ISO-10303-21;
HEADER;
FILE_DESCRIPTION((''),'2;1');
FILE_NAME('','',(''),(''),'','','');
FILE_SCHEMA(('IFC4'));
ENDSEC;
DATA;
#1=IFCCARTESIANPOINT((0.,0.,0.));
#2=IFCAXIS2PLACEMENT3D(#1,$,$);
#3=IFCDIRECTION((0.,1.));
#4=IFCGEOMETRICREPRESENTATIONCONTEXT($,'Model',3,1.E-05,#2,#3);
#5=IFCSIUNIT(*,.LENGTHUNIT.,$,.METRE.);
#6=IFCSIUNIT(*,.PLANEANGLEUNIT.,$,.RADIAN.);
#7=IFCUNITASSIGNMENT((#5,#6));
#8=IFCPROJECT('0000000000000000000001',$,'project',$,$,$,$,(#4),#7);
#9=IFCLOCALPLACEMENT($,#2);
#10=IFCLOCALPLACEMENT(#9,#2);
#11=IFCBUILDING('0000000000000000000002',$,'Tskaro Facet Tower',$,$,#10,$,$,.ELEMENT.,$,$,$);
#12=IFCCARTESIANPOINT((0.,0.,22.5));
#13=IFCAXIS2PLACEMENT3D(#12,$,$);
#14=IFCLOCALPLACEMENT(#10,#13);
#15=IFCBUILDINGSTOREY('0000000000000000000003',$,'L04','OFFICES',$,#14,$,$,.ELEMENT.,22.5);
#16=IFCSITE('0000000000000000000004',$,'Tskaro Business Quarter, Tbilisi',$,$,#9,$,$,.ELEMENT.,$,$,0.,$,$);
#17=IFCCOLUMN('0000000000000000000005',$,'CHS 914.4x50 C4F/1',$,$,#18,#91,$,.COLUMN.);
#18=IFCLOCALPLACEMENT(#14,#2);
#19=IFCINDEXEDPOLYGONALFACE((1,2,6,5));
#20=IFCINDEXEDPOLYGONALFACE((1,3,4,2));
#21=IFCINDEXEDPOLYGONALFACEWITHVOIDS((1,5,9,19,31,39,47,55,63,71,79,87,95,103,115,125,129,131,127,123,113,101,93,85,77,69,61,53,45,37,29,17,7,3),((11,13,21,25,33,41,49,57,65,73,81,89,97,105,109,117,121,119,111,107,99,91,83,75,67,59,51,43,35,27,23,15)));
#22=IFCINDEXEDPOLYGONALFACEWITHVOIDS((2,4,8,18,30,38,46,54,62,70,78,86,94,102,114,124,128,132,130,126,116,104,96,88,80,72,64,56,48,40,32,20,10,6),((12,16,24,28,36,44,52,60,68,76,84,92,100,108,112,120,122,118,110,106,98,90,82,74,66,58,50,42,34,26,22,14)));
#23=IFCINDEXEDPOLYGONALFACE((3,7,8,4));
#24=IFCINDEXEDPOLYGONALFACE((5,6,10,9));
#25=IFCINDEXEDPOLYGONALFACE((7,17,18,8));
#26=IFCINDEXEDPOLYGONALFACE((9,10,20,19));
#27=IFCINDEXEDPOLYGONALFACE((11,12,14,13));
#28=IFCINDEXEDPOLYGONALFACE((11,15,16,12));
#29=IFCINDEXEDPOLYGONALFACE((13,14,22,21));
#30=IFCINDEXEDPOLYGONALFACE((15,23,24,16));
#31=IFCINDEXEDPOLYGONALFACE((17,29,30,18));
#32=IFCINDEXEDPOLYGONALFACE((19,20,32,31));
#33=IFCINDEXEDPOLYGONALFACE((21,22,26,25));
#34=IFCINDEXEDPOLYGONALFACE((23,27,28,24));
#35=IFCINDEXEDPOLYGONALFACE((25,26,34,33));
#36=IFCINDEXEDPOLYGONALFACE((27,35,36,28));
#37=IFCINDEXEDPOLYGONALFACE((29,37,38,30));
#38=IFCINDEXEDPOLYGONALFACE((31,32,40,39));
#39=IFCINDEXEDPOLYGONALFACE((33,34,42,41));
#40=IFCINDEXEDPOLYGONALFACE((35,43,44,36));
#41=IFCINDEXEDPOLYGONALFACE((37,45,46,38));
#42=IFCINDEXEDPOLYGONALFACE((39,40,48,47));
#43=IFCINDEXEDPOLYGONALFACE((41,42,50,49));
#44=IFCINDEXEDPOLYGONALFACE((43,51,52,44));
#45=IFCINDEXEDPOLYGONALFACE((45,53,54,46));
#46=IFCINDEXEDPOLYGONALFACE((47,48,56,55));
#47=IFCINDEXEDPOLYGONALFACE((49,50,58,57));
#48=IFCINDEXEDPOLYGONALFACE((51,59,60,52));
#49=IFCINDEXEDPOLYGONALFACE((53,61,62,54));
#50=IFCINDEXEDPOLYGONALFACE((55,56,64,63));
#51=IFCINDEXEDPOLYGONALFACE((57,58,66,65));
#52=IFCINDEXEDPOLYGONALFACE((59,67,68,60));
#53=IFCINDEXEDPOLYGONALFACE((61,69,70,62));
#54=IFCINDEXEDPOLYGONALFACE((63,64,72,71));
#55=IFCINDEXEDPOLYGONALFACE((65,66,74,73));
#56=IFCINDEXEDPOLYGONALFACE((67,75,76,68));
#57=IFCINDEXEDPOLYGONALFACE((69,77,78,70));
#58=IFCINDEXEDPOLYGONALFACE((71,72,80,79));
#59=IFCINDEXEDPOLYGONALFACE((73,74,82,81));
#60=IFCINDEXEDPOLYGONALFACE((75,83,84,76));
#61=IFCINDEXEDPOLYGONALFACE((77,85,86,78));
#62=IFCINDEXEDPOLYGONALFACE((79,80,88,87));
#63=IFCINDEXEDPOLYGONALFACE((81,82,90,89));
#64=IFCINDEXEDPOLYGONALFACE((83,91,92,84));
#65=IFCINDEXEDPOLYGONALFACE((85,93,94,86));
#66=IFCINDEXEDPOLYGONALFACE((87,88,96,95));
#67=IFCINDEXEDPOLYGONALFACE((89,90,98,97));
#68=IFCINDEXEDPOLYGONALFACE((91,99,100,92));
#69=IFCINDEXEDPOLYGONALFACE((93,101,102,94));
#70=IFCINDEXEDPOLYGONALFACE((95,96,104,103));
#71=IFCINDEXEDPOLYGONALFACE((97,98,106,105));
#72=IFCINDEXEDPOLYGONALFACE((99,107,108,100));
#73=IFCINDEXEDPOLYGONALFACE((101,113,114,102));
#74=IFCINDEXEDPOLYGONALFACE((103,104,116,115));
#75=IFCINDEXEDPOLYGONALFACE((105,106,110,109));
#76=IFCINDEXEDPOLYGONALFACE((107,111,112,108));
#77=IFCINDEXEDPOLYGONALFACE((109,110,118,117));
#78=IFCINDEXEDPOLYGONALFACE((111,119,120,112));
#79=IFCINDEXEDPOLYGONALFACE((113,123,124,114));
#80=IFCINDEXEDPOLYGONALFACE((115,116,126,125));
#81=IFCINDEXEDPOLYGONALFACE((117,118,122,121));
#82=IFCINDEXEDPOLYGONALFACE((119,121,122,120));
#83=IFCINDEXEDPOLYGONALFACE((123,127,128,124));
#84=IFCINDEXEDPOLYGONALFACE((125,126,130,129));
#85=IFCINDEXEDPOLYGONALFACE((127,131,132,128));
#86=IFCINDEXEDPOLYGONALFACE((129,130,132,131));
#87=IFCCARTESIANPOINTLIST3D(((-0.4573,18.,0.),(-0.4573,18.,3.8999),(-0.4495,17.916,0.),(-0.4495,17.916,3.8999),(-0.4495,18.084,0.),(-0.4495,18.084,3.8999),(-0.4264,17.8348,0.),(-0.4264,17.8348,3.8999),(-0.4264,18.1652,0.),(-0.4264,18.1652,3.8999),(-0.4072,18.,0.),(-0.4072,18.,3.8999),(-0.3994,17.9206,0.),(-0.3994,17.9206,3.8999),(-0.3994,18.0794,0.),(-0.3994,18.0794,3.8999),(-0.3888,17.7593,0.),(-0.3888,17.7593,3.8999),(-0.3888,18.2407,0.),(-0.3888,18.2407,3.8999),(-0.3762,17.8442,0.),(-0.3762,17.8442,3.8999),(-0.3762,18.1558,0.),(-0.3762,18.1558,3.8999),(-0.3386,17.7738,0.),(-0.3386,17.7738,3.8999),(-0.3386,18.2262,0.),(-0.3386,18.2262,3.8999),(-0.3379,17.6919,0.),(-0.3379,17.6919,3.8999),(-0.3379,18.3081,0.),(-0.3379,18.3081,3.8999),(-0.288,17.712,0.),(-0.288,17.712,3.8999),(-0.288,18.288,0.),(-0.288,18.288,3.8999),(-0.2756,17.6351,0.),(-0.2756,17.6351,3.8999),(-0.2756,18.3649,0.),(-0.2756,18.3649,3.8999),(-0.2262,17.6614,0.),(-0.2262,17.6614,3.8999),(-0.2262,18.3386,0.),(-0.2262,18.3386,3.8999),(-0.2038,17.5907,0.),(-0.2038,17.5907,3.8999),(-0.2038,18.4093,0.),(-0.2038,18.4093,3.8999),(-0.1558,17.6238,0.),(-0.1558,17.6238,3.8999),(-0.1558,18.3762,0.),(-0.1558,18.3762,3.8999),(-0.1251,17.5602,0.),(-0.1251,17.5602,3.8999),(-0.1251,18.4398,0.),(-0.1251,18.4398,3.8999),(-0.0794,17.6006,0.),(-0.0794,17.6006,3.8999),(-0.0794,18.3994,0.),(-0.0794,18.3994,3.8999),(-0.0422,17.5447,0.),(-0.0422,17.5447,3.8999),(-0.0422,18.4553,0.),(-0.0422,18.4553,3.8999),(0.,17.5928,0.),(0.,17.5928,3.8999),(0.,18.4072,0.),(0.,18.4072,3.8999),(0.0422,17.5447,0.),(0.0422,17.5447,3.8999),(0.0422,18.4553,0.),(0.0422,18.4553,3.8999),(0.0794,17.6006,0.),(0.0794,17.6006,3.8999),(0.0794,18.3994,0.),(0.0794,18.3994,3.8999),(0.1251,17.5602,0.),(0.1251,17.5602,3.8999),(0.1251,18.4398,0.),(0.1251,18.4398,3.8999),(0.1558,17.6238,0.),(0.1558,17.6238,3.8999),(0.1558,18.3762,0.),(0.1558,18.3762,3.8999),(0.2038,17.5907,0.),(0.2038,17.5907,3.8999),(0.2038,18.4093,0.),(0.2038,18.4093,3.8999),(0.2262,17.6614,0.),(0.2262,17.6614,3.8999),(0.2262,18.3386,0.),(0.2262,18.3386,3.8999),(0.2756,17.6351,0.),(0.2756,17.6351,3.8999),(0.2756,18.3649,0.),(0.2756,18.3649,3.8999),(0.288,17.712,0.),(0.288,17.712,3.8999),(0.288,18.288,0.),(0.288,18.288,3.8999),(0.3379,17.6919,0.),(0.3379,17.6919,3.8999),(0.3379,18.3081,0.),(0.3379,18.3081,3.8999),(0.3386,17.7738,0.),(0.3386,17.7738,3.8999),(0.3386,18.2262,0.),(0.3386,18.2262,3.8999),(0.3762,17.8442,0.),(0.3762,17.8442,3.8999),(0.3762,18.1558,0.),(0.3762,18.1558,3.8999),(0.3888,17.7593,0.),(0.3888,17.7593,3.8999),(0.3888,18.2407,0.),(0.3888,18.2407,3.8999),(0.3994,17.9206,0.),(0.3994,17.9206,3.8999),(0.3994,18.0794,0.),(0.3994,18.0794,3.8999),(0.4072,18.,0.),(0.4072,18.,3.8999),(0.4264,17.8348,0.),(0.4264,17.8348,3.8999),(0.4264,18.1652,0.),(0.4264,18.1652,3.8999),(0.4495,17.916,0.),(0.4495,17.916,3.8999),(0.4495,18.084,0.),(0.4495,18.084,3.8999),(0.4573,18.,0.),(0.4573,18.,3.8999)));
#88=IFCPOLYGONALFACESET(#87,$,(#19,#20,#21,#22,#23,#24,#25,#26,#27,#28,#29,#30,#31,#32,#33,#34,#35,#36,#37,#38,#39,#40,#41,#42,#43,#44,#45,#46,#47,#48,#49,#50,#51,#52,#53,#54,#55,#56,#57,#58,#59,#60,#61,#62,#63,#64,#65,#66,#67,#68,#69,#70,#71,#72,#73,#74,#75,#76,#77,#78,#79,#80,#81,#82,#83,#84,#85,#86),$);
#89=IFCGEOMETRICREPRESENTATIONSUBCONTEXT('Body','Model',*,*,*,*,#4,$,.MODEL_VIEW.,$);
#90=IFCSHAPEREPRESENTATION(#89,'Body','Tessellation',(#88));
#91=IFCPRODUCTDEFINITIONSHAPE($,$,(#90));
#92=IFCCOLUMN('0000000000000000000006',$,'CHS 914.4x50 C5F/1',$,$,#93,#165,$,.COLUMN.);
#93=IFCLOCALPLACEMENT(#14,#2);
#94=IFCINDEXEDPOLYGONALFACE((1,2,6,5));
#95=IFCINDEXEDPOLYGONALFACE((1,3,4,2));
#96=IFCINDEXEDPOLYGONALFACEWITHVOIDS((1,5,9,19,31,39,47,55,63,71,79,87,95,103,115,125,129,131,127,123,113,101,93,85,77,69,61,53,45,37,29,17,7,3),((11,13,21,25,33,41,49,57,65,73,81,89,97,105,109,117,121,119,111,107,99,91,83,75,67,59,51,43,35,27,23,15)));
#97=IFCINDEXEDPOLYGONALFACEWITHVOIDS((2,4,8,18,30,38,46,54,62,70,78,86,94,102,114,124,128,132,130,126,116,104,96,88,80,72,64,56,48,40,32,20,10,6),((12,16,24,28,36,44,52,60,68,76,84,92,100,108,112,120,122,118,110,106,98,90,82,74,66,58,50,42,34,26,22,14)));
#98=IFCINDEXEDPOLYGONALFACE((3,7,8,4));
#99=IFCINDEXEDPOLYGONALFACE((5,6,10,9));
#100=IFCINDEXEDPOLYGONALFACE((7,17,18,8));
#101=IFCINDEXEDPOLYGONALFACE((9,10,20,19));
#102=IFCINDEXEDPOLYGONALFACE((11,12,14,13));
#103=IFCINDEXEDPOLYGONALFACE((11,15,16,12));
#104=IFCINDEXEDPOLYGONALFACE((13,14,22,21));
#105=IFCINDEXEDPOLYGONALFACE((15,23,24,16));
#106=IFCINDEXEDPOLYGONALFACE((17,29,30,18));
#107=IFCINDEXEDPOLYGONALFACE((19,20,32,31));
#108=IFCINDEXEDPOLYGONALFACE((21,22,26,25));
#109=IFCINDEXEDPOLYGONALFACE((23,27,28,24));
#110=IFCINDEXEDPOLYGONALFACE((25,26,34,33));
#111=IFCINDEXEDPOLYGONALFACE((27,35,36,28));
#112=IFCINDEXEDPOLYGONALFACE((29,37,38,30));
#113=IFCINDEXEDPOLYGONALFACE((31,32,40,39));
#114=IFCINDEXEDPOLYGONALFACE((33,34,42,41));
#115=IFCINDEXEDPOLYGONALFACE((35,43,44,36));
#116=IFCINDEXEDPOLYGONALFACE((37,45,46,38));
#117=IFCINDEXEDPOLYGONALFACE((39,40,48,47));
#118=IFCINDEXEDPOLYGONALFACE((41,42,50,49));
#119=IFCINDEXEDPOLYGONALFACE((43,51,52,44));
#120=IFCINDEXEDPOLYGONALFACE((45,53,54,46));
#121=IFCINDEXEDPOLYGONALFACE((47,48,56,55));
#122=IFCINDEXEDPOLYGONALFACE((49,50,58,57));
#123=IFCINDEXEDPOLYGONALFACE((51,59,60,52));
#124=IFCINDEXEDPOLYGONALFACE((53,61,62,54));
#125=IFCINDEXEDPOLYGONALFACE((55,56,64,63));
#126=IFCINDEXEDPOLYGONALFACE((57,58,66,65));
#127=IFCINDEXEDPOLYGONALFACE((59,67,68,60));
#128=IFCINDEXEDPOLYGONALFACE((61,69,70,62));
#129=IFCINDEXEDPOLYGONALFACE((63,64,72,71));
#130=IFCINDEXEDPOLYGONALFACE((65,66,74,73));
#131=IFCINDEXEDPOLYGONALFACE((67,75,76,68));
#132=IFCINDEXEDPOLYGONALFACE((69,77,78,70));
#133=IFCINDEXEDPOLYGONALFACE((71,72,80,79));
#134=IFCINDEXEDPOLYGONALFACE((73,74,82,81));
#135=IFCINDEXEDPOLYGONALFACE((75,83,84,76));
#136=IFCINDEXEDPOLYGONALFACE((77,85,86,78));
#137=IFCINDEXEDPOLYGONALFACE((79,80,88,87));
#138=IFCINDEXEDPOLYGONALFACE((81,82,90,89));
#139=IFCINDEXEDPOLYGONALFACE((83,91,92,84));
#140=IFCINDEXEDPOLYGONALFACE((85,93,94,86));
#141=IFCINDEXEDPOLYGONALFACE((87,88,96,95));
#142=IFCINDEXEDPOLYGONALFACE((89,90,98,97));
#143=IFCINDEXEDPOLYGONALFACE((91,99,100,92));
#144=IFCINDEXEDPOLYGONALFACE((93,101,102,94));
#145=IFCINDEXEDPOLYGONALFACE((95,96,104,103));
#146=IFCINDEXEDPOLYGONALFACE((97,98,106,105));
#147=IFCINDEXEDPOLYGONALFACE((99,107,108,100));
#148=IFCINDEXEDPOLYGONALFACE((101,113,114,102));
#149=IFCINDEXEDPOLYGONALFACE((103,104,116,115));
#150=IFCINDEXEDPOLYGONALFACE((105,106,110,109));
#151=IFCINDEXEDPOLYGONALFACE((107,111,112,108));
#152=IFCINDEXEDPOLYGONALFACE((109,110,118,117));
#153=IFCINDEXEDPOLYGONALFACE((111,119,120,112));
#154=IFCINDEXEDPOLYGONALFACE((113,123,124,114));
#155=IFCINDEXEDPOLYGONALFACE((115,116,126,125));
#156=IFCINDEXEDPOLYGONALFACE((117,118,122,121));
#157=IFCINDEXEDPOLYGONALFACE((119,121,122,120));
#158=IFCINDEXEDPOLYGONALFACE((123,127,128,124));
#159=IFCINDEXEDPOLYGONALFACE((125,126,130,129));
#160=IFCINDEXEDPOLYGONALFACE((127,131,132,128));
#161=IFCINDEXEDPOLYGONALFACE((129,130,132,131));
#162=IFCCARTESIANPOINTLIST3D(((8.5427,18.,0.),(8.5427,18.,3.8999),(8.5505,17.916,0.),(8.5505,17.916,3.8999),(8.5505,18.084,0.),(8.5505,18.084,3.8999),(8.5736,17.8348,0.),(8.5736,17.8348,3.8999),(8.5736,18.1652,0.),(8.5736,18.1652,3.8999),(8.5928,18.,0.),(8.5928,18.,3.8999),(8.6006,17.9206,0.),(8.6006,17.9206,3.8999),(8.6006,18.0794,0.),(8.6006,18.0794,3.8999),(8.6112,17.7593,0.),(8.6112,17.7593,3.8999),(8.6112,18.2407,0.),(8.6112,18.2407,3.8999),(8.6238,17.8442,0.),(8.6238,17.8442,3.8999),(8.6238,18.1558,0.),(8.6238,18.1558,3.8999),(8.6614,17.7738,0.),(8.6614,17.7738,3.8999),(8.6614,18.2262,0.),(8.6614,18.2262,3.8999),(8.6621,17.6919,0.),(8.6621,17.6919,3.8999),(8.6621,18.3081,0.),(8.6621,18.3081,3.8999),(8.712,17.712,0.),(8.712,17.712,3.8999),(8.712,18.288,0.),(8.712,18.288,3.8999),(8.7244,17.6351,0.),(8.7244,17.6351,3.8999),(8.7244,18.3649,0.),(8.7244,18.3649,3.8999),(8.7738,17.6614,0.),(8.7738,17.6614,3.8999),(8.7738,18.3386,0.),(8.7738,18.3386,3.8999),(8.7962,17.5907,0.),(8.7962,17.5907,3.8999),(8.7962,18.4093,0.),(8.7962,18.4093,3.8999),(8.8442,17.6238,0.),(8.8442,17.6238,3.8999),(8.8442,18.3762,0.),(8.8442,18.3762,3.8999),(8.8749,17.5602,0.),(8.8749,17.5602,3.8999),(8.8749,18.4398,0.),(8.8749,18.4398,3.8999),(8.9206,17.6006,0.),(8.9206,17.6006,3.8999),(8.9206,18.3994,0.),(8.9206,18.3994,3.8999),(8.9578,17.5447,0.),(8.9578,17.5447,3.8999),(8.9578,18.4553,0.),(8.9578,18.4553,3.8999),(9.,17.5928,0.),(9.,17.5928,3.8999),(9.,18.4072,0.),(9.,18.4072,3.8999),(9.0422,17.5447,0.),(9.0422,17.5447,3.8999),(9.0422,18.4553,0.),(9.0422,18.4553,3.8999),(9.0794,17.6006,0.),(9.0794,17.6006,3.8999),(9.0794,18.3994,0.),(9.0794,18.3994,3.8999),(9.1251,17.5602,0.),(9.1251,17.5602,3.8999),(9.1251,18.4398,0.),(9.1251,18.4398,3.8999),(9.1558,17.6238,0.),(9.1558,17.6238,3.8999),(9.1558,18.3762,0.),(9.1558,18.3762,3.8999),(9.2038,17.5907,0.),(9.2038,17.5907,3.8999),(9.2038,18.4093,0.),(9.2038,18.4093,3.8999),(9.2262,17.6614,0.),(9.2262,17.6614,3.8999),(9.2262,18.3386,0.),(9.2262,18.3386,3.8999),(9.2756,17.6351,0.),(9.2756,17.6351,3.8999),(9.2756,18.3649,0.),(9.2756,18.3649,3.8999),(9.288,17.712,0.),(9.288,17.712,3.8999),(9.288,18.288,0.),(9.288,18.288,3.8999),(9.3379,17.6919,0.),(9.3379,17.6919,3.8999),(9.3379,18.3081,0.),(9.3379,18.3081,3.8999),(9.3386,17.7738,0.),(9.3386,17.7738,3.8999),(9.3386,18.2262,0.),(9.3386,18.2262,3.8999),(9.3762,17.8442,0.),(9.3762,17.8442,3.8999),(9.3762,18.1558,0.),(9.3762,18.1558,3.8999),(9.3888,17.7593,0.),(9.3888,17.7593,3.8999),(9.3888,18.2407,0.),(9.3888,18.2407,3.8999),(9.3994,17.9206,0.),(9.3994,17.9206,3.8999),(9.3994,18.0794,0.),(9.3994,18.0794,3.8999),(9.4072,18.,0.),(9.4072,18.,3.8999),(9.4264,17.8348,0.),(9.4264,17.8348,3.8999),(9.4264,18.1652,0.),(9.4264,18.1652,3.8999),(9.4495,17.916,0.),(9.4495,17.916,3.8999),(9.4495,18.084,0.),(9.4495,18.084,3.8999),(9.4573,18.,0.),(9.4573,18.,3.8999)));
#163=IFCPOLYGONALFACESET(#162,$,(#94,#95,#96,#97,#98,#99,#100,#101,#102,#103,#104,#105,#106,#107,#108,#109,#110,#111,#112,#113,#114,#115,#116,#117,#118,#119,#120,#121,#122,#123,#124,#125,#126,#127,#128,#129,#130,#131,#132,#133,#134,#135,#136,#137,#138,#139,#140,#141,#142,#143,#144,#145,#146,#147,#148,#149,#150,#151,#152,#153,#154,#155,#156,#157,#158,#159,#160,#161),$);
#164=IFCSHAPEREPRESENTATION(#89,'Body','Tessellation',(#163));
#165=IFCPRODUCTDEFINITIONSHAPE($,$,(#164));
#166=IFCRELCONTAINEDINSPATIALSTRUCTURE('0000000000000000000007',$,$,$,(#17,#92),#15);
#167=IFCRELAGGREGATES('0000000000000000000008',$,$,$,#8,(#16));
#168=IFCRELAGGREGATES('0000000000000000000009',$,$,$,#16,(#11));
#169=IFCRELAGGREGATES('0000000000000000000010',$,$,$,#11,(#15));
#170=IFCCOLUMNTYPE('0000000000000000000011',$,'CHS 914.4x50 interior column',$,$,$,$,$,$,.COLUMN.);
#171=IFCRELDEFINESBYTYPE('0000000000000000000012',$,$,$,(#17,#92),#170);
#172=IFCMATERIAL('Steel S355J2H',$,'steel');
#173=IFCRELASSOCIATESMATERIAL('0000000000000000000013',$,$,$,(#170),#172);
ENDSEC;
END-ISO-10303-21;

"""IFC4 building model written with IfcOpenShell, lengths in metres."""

from ifc_helpers import new_model, si_unit, direction, frame, origin, origin_2d, place, context, subcontext, project, spatial, hollow_circle, extrude, material, material_profile, profile_set, type_object, element, save


model = new_model("IFC4")

# Units and contexts
model_context = context("Model", 3, precision=1e-05, world=origin(), true_north=direction((0.0, 1.0)))
body_context = subcontext(model_context, "Body", "Model", "MODEL_VIEW")
ifc_project = project(units=[si_unit("LENGTHUNIT", "METRE"), si_unit("PLANEANGLEUNIT", "RADIAN")], contexts=[model_context])

# Site, building, storey
site_placement = place(None, origin())
site = spatial("IfcSite", under=ifc_project, at=site_placement, Name="Tskaro Business Quarter, Tbilisi", CompositionType="ELEMENT", RefElevation=0.0)
building_placement = place(site_placement, origin())
building = spatial("IfcBuilding", under=site, at=building_placement, Name="Tskaro Facet Tower", CompositionType="ELEMENT")
storey_placement = place(building_placement, frame((0.0, 0.0, 22.5)))
storey = spatial("IfcBuildingStorey", under=building, at=storey_placement, Name="L04", Description="OFFICES", CompositionType="ELEMENT", Elevation=22.5)

# Columns
ifc_material_1 = material(Name="Steel S355J2H", Category="steel")
ifc_material_profile_1 = material_profile(ifc_material_1, hollow_circle(Radius=0.4573, WallThickness=0.05, at=origin_2d()), Name="CHS 914.4x50")
ifc_profile_set_1 = profile_set([ifc_material_profile_1], Name="Steel S355J2H")
column_type_1 = type_object("IfcColumnType", Name="CHS 914.4x50 interior column", PredefinedType="COLUMN", material=ifc_profile_set_1)
for number, where, z_axis, x_axis, name in (
    (1, (0.0, 18.0, 0.0), (0.0, 0.0, 1.0), (1.0, 0.0, 0.0), "CHS 914.4x50 C4F/1"),
    (2, (9.0, 18.0, 0.0), (0.0, 0.0, 1.0), (1.0, 0.0, 0.0), "CHS 914.4x50 C5F/1"),
):
    element("IfcColumn", number, at=place(storey_placement, frame(where, z_axis=z_axis, x_axis=x_axis)), inside=storey, type_object=column_type_1, Name=name, PredefinedType="COLUMN", context=body_context, shape_type="SweptSolid", body=[
        extrude(hollow_circle(Radius=0.4573, WallThickness=0.05, at=origin_2d()), origin(), (0.0, 0.0, 1.0), 3.8999),
    ])

save(model, "model.ifc")
